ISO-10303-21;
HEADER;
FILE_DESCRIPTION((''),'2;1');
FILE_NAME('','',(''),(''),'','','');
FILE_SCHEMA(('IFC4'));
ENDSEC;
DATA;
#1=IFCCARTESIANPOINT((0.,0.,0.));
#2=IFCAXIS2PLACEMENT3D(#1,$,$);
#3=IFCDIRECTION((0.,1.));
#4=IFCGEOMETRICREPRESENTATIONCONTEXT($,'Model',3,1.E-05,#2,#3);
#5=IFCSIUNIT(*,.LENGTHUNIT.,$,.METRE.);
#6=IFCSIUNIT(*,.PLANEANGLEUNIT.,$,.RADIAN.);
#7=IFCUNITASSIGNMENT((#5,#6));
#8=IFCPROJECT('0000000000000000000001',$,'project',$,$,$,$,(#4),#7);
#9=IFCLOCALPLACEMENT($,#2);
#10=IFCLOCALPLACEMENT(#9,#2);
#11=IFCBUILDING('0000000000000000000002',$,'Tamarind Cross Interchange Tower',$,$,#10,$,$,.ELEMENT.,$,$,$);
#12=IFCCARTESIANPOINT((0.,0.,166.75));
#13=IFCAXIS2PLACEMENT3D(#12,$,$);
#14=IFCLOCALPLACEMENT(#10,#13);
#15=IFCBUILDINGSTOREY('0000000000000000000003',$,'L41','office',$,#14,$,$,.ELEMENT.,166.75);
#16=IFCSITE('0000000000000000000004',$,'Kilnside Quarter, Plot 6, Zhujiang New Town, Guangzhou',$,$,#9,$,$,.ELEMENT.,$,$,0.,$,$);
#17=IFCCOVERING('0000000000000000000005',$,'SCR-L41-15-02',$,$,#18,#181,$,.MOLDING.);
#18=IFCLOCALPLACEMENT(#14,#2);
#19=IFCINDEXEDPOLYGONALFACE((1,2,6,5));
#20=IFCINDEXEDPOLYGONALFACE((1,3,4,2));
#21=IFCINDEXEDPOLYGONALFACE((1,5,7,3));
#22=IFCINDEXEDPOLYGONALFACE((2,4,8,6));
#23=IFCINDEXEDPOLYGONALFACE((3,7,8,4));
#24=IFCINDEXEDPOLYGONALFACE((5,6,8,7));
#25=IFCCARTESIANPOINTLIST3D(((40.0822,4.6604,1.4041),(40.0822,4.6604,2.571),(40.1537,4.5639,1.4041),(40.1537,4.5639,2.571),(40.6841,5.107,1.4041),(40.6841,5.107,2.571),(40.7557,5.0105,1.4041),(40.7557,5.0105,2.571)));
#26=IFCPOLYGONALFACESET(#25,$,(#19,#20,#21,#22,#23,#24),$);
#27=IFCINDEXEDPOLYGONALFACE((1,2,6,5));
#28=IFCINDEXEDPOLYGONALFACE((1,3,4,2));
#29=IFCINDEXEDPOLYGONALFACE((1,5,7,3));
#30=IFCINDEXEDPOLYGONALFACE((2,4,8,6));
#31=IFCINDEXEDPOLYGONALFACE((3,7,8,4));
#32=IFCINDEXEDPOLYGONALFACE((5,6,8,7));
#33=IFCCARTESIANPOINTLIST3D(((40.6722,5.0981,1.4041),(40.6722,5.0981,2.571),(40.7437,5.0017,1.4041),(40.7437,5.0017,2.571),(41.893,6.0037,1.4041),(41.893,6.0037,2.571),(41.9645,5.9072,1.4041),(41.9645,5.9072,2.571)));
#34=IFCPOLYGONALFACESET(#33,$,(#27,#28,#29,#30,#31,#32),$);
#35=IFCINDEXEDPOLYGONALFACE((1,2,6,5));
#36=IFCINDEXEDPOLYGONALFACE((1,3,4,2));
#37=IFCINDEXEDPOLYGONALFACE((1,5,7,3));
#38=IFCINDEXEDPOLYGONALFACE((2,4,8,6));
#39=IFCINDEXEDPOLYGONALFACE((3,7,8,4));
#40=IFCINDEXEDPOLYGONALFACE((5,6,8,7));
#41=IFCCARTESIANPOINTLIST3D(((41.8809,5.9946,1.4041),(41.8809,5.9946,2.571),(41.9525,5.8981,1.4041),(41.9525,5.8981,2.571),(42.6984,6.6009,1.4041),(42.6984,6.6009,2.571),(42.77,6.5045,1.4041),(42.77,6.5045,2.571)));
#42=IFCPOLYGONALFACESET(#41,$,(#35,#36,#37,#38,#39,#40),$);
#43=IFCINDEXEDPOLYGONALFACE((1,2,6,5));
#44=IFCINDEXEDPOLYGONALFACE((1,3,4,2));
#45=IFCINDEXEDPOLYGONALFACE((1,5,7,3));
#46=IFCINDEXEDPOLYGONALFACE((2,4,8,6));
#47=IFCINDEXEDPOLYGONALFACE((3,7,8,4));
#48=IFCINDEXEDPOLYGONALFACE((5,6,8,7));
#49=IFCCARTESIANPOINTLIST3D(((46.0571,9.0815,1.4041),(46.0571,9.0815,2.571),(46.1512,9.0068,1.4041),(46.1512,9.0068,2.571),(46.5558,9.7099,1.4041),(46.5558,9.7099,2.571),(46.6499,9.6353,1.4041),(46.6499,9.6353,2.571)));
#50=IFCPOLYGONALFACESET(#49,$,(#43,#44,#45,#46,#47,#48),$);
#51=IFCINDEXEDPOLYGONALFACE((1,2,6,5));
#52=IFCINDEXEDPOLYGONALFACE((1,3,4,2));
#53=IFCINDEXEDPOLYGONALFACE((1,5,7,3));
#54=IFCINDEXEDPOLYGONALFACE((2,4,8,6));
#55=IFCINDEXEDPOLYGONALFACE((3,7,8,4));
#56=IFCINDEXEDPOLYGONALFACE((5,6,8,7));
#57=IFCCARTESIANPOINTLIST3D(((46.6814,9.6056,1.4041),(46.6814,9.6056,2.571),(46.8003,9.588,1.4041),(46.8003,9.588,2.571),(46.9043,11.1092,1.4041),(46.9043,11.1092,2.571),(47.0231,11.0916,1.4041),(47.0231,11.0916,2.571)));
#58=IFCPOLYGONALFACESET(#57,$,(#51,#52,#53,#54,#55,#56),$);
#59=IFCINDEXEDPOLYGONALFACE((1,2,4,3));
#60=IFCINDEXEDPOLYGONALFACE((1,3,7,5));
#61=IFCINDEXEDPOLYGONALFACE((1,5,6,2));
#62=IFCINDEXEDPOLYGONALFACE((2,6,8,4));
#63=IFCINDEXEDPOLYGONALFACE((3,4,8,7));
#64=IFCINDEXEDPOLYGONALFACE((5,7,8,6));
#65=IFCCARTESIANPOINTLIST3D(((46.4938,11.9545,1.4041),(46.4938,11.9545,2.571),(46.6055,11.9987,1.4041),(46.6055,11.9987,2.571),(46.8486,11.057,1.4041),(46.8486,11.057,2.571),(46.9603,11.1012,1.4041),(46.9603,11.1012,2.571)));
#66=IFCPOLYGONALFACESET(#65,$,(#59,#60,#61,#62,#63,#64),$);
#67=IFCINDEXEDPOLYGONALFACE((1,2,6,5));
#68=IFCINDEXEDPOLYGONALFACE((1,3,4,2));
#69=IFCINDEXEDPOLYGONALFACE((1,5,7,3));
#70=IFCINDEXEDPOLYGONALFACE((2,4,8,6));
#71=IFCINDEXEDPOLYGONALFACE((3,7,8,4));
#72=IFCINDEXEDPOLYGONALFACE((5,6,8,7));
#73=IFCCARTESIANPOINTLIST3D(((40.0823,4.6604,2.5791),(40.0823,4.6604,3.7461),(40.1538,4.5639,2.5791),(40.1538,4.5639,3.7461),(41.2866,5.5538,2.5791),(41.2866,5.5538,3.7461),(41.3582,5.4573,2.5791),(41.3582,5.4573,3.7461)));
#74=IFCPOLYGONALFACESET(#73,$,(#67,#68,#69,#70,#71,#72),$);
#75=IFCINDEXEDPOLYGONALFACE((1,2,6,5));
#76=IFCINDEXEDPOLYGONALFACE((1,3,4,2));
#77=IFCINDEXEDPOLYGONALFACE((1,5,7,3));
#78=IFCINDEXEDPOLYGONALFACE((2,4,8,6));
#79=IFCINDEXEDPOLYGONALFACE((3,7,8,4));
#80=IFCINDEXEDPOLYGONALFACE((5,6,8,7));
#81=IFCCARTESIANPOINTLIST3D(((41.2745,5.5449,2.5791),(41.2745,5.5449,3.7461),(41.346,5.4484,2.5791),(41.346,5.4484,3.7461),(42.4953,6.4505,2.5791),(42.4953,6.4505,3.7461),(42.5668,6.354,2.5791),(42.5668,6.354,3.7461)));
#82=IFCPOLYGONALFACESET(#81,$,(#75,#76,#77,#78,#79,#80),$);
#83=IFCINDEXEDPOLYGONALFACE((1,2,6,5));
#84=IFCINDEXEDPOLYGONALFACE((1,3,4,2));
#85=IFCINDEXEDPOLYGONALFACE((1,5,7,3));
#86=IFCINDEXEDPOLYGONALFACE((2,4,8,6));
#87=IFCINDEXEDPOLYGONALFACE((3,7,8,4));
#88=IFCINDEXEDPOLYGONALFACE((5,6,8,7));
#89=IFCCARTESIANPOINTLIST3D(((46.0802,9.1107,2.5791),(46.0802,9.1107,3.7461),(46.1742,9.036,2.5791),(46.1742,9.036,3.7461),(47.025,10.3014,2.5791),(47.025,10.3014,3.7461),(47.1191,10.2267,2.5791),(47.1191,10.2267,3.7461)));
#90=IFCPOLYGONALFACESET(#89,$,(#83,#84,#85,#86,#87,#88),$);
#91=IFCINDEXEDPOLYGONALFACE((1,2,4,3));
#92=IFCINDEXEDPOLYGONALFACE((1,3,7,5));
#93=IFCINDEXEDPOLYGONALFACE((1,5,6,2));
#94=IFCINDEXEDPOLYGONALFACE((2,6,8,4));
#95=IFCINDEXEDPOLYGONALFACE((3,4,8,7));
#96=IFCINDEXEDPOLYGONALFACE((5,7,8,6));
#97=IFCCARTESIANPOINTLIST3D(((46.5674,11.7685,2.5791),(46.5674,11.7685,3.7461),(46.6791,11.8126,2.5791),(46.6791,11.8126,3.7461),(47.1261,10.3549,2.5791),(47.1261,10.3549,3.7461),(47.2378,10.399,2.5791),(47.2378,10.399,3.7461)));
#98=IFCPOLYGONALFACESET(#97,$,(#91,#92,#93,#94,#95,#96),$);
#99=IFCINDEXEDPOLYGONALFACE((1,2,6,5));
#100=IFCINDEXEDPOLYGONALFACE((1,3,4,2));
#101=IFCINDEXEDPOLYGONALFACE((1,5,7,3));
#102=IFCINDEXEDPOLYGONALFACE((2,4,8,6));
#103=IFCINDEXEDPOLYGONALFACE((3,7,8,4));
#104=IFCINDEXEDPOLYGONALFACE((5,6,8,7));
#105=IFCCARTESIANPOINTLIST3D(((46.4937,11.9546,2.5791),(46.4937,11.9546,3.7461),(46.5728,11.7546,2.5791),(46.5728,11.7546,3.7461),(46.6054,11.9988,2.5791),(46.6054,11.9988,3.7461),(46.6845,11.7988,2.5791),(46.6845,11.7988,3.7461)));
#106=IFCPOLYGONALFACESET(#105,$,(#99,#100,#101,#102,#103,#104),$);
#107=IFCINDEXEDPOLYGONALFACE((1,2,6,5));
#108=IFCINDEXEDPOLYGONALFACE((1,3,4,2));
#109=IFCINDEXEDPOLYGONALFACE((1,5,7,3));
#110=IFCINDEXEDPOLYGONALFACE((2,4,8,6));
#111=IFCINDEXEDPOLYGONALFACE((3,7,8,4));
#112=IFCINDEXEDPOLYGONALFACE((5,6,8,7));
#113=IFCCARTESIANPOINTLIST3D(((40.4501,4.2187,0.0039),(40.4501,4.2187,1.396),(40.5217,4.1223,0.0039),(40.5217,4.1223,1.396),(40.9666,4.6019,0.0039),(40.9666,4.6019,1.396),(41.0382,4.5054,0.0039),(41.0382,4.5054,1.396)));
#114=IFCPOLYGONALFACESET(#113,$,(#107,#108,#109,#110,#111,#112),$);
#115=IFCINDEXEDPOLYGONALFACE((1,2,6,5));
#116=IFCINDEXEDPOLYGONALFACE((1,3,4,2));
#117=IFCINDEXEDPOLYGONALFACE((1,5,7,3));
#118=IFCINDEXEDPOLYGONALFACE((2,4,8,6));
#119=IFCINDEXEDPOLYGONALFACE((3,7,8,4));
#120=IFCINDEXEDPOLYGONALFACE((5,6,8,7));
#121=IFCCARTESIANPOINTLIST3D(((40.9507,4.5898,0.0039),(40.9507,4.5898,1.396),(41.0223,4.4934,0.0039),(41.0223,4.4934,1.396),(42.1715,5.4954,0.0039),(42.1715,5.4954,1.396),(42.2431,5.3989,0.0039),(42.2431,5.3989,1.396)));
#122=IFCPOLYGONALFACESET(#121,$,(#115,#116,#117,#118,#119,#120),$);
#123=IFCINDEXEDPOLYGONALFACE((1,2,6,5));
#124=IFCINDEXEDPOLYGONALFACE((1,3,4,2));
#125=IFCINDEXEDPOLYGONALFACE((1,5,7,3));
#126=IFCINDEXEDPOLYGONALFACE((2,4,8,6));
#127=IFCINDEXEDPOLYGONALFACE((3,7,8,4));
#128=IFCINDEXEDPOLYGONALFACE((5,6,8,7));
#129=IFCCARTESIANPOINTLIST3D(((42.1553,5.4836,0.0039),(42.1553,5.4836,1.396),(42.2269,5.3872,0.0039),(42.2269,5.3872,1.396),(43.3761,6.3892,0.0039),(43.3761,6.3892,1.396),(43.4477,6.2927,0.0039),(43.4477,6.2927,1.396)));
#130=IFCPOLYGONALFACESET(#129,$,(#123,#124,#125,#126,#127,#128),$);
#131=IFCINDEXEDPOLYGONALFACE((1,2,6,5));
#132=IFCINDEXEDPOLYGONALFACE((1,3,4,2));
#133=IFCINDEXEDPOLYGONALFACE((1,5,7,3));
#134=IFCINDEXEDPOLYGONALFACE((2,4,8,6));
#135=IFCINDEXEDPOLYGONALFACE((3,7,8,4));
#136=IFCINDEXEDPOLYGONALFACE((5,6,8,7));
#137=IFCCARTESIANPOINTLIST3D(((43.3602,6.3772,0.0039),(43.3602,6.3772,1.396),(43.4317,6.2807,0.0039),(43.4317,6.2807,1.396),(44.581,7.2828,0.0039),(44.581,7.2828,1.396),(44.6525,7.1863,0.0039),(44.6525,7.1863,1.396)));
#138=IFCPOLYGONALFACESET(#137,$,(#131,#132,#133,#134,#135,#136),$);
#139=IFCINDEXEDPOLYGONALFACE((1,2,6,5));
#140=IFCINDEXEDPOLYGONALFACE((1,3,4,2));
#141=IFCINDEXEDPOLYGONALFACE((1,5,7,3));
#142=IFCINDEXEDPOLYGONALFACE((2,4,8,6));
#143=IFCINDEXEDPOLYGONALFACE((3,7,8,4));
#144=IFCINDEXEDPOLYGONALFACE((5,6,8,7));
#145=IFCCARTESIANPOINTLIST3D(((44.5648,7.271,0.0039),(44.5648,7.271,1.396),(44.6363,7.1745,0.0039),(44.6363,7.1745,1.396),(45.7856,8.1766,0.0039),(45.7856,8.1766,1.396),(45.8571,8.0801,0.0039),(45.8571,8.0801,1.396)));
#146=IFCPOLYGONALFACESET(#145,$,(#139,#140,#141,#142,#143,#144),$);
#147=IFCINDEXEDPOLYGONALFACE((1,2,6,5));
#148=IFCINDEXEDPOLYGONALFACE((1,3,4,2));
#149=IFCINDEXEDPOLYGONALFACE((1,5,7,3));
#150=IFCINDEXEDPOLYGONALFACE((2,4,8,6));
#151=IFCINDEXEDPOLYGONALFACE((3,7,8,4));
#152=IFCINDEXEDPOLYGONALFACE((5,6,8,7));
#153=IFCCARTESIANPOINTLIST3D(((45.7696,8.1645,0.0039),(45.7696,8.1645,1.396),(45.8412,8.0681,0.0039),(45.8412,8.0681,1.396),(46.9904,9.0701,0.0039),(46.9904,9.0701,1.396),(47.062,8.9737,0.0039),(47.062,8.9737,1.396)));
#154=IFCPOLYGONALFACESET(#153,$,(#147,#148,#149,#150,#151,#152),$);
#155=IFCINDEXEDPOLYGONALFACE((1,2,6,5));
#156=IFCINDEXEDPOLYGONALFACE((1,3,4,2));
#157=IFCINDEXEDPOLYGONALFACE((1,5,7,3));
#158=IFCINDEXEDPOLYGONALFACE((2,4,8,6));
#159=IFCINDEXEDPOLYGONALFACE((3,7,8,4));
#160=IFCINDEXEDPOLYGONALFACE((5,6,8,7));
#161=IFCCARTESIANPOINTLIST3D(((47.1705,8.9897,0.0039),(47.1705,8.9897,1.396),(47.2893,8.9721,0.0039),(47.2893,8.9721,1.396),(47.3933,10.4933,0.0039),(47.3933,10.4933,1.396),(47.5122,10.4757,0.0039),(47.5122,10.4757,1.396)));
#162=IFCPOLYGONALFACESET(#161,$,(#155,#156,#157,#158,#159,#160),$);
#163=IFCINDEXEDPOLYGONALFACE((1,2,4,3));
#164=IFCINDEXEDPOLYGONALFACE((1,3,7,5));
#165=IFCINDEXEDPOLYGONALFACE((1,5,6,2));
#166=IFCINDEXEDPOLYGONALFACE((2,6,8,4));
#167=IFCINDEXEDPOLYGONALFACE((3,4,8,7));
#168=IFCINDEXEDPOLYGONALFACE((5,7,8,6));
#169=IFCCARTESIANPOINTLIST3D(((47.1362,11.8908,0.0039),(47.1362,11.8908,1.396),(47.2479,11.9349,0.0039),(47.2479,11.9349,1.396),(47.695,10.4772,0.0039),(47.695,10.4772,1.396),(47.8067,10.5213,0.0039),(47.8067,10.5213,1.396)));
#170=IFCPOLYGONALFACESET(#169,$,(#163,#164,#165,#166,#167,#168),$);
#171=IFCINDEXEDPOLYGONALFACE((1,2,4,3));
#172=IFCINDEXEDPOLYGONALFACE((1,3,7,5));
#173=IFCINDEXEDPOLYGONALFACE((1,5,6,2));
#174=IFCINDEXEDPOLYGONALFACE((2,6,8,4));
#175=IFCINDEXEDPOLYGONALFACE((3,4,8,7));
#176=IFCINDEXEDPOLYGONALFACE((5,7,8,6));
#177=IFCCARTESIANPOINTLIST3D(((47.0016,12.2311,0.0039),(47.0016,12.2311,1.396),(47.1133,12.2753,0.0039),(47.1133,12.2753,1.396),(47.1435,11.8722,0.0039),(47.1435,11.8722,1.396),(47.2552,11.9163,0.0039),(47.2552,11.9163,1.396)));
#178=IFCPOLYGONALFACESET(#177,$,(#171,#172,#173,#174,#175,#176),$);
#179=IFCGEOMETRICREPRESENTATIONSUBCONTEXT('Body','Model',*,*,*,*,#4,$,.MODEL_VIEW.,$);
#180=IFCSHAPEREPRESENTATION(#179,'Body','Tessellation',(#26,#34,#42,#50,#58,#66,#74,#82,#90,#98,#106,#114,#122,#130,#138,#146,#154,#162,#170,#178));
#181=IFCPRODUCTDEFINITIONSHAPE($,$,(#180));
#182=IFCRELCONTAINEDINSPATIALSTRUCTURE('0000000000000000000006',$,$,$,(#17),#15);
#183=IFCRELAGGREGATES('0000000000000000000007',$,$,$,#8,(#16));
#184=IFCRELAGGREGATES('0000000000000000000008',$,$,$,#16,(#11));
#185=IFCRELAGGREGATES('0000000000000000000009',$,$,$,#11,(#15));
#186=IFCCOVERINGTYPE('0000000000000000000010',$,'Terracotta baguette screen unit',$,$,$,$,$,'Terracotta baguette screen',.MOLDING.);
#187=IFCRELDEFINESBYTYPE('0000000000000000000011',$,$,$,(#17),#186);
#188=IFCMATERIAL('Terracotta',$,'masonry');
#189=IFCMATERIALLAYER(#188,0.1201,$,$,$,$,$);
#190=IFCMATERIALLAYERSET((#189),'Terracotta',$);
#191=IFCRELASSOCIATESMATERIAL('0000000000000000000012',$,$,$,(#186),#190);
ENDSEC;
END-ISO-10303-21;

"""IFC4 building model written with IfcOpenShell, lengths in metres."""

from ifc_helpers import new_model, si_unit, direction, frame, origin, origin_2d, place, context, subcontext, project, spatial, rectangle, extrude, material, layer, layer_set, type_object, element, save


model = new_model("IFC4")

# Units and contexts
model_context = context("Model", 3, precision=1e-05, world=origin(), true_north=direction((0.0, 1.0)))
body_context = subcontext(model_context, "Body", "Model", "MODEL_VIEW")
ifc_project = project(units=[si_unit("LENGTHUNIT", "METRE"), si_unit("PLANEANGLEUNIT", "RADIAN")], contexts=[model_context])

# Site, building, storey
site_placement = place(None, origin())
site = spatial("IfcSite", under=ifc_project, at=site_placement, Name="Kilnside Quarter, Plot 6, Zhujiang New Town, Guangzhou", CompositionType="ELEMENT", RefElevation=0.0)
building_placement = place(site_placement, origin())
building = spatial("IfcBuilding", under=site, at=building_placement, Name="Tamarind Cross Interchange Tower", CompositionType="ELEMENT")
storey_placement = place(building_placement, frame((0.0, 0.0, 166.75)))
storey = spatial("IfcBuildingStorey", under=building, at=storey_placement, Name="L41", Description="office", CompositionType="ELEMENT", Elevation=166.75)

# Covering
ifc_material_1 = material(Name="Terracotta", Category="masonry")
ifc_layer_1 = layer(ifc_material_1, 0.1201)
ifc_layer_set_1 = layer_set([ifc_layer_1], Name="Terracotta")
covering_type = type_object("IfcCoveringType", Name="Terracotta baguette screen unit", ElementType="Terracotta baguette screen", PredefinedType="MOLDING", material=ifc_layer_set_1)
covering_1_placement = place(storey_placement, origin())
element("IfcCovering", 1, at=covering_1_placement, inside=storey, type_object=covering_type, Name="SCR-L41-15-02", PredefinedType="MOLDING", context=body_context, shape_type="SweptSolid", body=[
    extrude(rectangle(XDim=0.7495, YDim=0.1201, at=origin_2d()), frame((40.4189, 4.8354, 1.4041), z_axis=(0.0, 0.0, 1.0), x_axis=(0.80315, 0.595776, 0.0)), (0.0, 0.0, 1.0), 1.167),
    extrude(rectangle(XDim=1.52, YDim=0.1201, at=origin_2d()), frame((41.3184, 5.5027, 1.4041), z_axis=(0.0, 0.0, 1.0), x_axis=(0.80315, 0.595776, 0.0)), (0.0, 0.0, 1.0), 1.167),
    extrude(rectangle(XDim=1.0178, YDim=0.1201, at=origin_2d()), frame((42.3254, 6.2495, 1.4041), z_axis=(0.0, 0.0, 1.0), x_axis=(0.80315, 0.595776, 0.0)), (0.0, 0.0, 1.0), 1.167),
    extrude(rectangle(XDim=0.8022, YDim=0.1201, at=origin_2d()), frame((46.3535, 9.3584, 1.4041), z_axis=(0.0, 0.0, 1.0), x_axis=(0.621585, 0.783346, 0.0)), (0.0, 0.0, 1.0), 1.167),
    extrude(rectangle(XDim=1.52, YDim=0.1201, at=origin_2d()), frame((46.8523, 10.3486, 1.4041), z_axis=(0.0, 0.0, 1.0), x_axis=(0.146636, 0.989191, 0.0)), (0.0, 0.0, 1.0), 1.167),
    extrude(rectangle(XDim=0.9651, YDim=0.1201, at=origin_2d()), frame((46.7271, 11.5278, 1.4041), z_axis=(0.0, 0.0, 1.0), x_axis=(-0.367605, 0.929982, 0.0)), (0.0, 0.0, 1.0), 1.167),
    extrude(rectangle(XDim=1.4995, YDim=0.1201, at=origin_2d()), frame((40.7202, 5.0588, 2.5791), z_axis=(0.0, 0.0, 1.0), x_axis=(0.80315, 0.595776, 0.0)), (0.0, 0.0, 1.0), 1.167),
    extrude(rectangle(XDim=1.52, YDim=0.1201, at=origin_2d()), frame((41.9207, 5.9495, 2.5791), z_axis=(0.0, 0.0, 1.0), x_axis=(0.80315, 0.595776, 0.0)), (0.0, 0.0, 1.0), 1.167),
    extrude(rectangle(XDim=1.52, YDim=0.1201, at=origin_2d()), frame((46.5996, 9.6687, 2.5791), z_axis=(0.0, 0.0, 1.0), x_axis=(0.621585, 0.783346, 0.0)), (0.0, 0.0, 1.0), 1.167),
    extrude(rectangle(XDim=1.52, YDim=0.1201, at=origin_2d()), frame((46.9026, 11.0837, 2.5791), z_axis=(0.0, 0.0, 1.0), x_axis=(-0.367605, 0.929982, 0.0)), (0.0, 0.0, 1.0), 1.167),
    extrude(rectangle(XDim=0.2151, YDim=0.1201, at=origin_2d()), frame((46.5891, 11.8767, 2.5791), z_axis=(0.0, 0.0, 1.0), x_axis=(-0.367605, 0.929982, 0.0)), (0.0, 0.0, 1.0), 1.167),
    extrude(rectangle(XDim=0.6431, YDim=0.1201, at=origin_2d()), frame((40.7441, 4.3621, 0.0039), z_axis=(0.0, 0.0, 1.0), x_axis=(0.80315, 0.595776, 0.0)), (0.0, 0.0, 1.0), 1.3921),
    extrude(rectangle(XDim=1.52, YDim=0.1201, at=origin_2d()), frame((41.5969, 4.9944, 0.0039), z_axis=(0.0, 0.0, 1.0), x_axis=(0.80315, 0.595776, 0.0)), (0.0, 0.0, 1.0), 1.3921),
    extrude(rectangle(XDim=1.52, YDim=0.1201, at=origin_2d()), frame((42.8015, 5.8882, 0.0039), z_axis=(0.0, 0.0, 1.0), x_axis=(0.80315, 0.595776, 0.0)), (0.0, 0.0, 1.0), 1.3921),
    extrude(rectangle(XDim=1.52, YDim=0.1201, at=origin_2d()), frame((44.0063, 6.7817, 0.0039), z_axis=(0.0, 0.0, 1.0), x_axis=(0.80315, 0.595776, 0.0)), (0.0, 0.0, 1.0), 1.3921),
    extrude(rectangle(XDim=1.52, YDim=0.1201, at=origin_2d()), frame((45.2109, 7.6755, 0.0039), z_axis=(0.0, 0.0, 1.0), x_axis=(0.80315, 0.595776, 0.0)), (0.0, 0.0, 1.0), 1.3921),
    extrude(rectangle(XDim=1.52, YDim=0.1201, at=origin_2d()), frame((46.4158, 8.5691, 0.0039), z_axis=(0.0, 0.0, 1.0), x_axis=(0.80315, 0.595776, 0.0)), (0.0, 0.0, 1.0), 1.3921),
    extrude(rectangle(XDim=1.52, YDim=0.1201, at=origin_2d()), frame((47.3413, 9.7327, 0.0039), z_axis=(0.0, 0.0, 1.0), x_axis=(0.146636, 0.989191, 0.0)), (0.0, 0.0, 1.0), 1.3921),
    extrude(rectangle(XDim=1.52, YDim=0.1201, at=origin_2d()), frame((47.4714, 11.2061, 0.0039), z_axis=(0.0, 0.0, 1.0), x_axis=(-0.367605, 0.929982, 0.0)), (0.0, 0.0, 1.0), 1.3921),
    extrude(rectangle(XDim=0.386, YDim=0.1201, at=origin_2d()), frame((47.1284, 12.0737, 0.0039), z_axis=(0.0, 0.0, 1.0), x_axis=(-0.367605, 0.929982, 0.0)), (0.0, 0.0, 1.0), 1.3921),
])

save(model, "model.ifc")
